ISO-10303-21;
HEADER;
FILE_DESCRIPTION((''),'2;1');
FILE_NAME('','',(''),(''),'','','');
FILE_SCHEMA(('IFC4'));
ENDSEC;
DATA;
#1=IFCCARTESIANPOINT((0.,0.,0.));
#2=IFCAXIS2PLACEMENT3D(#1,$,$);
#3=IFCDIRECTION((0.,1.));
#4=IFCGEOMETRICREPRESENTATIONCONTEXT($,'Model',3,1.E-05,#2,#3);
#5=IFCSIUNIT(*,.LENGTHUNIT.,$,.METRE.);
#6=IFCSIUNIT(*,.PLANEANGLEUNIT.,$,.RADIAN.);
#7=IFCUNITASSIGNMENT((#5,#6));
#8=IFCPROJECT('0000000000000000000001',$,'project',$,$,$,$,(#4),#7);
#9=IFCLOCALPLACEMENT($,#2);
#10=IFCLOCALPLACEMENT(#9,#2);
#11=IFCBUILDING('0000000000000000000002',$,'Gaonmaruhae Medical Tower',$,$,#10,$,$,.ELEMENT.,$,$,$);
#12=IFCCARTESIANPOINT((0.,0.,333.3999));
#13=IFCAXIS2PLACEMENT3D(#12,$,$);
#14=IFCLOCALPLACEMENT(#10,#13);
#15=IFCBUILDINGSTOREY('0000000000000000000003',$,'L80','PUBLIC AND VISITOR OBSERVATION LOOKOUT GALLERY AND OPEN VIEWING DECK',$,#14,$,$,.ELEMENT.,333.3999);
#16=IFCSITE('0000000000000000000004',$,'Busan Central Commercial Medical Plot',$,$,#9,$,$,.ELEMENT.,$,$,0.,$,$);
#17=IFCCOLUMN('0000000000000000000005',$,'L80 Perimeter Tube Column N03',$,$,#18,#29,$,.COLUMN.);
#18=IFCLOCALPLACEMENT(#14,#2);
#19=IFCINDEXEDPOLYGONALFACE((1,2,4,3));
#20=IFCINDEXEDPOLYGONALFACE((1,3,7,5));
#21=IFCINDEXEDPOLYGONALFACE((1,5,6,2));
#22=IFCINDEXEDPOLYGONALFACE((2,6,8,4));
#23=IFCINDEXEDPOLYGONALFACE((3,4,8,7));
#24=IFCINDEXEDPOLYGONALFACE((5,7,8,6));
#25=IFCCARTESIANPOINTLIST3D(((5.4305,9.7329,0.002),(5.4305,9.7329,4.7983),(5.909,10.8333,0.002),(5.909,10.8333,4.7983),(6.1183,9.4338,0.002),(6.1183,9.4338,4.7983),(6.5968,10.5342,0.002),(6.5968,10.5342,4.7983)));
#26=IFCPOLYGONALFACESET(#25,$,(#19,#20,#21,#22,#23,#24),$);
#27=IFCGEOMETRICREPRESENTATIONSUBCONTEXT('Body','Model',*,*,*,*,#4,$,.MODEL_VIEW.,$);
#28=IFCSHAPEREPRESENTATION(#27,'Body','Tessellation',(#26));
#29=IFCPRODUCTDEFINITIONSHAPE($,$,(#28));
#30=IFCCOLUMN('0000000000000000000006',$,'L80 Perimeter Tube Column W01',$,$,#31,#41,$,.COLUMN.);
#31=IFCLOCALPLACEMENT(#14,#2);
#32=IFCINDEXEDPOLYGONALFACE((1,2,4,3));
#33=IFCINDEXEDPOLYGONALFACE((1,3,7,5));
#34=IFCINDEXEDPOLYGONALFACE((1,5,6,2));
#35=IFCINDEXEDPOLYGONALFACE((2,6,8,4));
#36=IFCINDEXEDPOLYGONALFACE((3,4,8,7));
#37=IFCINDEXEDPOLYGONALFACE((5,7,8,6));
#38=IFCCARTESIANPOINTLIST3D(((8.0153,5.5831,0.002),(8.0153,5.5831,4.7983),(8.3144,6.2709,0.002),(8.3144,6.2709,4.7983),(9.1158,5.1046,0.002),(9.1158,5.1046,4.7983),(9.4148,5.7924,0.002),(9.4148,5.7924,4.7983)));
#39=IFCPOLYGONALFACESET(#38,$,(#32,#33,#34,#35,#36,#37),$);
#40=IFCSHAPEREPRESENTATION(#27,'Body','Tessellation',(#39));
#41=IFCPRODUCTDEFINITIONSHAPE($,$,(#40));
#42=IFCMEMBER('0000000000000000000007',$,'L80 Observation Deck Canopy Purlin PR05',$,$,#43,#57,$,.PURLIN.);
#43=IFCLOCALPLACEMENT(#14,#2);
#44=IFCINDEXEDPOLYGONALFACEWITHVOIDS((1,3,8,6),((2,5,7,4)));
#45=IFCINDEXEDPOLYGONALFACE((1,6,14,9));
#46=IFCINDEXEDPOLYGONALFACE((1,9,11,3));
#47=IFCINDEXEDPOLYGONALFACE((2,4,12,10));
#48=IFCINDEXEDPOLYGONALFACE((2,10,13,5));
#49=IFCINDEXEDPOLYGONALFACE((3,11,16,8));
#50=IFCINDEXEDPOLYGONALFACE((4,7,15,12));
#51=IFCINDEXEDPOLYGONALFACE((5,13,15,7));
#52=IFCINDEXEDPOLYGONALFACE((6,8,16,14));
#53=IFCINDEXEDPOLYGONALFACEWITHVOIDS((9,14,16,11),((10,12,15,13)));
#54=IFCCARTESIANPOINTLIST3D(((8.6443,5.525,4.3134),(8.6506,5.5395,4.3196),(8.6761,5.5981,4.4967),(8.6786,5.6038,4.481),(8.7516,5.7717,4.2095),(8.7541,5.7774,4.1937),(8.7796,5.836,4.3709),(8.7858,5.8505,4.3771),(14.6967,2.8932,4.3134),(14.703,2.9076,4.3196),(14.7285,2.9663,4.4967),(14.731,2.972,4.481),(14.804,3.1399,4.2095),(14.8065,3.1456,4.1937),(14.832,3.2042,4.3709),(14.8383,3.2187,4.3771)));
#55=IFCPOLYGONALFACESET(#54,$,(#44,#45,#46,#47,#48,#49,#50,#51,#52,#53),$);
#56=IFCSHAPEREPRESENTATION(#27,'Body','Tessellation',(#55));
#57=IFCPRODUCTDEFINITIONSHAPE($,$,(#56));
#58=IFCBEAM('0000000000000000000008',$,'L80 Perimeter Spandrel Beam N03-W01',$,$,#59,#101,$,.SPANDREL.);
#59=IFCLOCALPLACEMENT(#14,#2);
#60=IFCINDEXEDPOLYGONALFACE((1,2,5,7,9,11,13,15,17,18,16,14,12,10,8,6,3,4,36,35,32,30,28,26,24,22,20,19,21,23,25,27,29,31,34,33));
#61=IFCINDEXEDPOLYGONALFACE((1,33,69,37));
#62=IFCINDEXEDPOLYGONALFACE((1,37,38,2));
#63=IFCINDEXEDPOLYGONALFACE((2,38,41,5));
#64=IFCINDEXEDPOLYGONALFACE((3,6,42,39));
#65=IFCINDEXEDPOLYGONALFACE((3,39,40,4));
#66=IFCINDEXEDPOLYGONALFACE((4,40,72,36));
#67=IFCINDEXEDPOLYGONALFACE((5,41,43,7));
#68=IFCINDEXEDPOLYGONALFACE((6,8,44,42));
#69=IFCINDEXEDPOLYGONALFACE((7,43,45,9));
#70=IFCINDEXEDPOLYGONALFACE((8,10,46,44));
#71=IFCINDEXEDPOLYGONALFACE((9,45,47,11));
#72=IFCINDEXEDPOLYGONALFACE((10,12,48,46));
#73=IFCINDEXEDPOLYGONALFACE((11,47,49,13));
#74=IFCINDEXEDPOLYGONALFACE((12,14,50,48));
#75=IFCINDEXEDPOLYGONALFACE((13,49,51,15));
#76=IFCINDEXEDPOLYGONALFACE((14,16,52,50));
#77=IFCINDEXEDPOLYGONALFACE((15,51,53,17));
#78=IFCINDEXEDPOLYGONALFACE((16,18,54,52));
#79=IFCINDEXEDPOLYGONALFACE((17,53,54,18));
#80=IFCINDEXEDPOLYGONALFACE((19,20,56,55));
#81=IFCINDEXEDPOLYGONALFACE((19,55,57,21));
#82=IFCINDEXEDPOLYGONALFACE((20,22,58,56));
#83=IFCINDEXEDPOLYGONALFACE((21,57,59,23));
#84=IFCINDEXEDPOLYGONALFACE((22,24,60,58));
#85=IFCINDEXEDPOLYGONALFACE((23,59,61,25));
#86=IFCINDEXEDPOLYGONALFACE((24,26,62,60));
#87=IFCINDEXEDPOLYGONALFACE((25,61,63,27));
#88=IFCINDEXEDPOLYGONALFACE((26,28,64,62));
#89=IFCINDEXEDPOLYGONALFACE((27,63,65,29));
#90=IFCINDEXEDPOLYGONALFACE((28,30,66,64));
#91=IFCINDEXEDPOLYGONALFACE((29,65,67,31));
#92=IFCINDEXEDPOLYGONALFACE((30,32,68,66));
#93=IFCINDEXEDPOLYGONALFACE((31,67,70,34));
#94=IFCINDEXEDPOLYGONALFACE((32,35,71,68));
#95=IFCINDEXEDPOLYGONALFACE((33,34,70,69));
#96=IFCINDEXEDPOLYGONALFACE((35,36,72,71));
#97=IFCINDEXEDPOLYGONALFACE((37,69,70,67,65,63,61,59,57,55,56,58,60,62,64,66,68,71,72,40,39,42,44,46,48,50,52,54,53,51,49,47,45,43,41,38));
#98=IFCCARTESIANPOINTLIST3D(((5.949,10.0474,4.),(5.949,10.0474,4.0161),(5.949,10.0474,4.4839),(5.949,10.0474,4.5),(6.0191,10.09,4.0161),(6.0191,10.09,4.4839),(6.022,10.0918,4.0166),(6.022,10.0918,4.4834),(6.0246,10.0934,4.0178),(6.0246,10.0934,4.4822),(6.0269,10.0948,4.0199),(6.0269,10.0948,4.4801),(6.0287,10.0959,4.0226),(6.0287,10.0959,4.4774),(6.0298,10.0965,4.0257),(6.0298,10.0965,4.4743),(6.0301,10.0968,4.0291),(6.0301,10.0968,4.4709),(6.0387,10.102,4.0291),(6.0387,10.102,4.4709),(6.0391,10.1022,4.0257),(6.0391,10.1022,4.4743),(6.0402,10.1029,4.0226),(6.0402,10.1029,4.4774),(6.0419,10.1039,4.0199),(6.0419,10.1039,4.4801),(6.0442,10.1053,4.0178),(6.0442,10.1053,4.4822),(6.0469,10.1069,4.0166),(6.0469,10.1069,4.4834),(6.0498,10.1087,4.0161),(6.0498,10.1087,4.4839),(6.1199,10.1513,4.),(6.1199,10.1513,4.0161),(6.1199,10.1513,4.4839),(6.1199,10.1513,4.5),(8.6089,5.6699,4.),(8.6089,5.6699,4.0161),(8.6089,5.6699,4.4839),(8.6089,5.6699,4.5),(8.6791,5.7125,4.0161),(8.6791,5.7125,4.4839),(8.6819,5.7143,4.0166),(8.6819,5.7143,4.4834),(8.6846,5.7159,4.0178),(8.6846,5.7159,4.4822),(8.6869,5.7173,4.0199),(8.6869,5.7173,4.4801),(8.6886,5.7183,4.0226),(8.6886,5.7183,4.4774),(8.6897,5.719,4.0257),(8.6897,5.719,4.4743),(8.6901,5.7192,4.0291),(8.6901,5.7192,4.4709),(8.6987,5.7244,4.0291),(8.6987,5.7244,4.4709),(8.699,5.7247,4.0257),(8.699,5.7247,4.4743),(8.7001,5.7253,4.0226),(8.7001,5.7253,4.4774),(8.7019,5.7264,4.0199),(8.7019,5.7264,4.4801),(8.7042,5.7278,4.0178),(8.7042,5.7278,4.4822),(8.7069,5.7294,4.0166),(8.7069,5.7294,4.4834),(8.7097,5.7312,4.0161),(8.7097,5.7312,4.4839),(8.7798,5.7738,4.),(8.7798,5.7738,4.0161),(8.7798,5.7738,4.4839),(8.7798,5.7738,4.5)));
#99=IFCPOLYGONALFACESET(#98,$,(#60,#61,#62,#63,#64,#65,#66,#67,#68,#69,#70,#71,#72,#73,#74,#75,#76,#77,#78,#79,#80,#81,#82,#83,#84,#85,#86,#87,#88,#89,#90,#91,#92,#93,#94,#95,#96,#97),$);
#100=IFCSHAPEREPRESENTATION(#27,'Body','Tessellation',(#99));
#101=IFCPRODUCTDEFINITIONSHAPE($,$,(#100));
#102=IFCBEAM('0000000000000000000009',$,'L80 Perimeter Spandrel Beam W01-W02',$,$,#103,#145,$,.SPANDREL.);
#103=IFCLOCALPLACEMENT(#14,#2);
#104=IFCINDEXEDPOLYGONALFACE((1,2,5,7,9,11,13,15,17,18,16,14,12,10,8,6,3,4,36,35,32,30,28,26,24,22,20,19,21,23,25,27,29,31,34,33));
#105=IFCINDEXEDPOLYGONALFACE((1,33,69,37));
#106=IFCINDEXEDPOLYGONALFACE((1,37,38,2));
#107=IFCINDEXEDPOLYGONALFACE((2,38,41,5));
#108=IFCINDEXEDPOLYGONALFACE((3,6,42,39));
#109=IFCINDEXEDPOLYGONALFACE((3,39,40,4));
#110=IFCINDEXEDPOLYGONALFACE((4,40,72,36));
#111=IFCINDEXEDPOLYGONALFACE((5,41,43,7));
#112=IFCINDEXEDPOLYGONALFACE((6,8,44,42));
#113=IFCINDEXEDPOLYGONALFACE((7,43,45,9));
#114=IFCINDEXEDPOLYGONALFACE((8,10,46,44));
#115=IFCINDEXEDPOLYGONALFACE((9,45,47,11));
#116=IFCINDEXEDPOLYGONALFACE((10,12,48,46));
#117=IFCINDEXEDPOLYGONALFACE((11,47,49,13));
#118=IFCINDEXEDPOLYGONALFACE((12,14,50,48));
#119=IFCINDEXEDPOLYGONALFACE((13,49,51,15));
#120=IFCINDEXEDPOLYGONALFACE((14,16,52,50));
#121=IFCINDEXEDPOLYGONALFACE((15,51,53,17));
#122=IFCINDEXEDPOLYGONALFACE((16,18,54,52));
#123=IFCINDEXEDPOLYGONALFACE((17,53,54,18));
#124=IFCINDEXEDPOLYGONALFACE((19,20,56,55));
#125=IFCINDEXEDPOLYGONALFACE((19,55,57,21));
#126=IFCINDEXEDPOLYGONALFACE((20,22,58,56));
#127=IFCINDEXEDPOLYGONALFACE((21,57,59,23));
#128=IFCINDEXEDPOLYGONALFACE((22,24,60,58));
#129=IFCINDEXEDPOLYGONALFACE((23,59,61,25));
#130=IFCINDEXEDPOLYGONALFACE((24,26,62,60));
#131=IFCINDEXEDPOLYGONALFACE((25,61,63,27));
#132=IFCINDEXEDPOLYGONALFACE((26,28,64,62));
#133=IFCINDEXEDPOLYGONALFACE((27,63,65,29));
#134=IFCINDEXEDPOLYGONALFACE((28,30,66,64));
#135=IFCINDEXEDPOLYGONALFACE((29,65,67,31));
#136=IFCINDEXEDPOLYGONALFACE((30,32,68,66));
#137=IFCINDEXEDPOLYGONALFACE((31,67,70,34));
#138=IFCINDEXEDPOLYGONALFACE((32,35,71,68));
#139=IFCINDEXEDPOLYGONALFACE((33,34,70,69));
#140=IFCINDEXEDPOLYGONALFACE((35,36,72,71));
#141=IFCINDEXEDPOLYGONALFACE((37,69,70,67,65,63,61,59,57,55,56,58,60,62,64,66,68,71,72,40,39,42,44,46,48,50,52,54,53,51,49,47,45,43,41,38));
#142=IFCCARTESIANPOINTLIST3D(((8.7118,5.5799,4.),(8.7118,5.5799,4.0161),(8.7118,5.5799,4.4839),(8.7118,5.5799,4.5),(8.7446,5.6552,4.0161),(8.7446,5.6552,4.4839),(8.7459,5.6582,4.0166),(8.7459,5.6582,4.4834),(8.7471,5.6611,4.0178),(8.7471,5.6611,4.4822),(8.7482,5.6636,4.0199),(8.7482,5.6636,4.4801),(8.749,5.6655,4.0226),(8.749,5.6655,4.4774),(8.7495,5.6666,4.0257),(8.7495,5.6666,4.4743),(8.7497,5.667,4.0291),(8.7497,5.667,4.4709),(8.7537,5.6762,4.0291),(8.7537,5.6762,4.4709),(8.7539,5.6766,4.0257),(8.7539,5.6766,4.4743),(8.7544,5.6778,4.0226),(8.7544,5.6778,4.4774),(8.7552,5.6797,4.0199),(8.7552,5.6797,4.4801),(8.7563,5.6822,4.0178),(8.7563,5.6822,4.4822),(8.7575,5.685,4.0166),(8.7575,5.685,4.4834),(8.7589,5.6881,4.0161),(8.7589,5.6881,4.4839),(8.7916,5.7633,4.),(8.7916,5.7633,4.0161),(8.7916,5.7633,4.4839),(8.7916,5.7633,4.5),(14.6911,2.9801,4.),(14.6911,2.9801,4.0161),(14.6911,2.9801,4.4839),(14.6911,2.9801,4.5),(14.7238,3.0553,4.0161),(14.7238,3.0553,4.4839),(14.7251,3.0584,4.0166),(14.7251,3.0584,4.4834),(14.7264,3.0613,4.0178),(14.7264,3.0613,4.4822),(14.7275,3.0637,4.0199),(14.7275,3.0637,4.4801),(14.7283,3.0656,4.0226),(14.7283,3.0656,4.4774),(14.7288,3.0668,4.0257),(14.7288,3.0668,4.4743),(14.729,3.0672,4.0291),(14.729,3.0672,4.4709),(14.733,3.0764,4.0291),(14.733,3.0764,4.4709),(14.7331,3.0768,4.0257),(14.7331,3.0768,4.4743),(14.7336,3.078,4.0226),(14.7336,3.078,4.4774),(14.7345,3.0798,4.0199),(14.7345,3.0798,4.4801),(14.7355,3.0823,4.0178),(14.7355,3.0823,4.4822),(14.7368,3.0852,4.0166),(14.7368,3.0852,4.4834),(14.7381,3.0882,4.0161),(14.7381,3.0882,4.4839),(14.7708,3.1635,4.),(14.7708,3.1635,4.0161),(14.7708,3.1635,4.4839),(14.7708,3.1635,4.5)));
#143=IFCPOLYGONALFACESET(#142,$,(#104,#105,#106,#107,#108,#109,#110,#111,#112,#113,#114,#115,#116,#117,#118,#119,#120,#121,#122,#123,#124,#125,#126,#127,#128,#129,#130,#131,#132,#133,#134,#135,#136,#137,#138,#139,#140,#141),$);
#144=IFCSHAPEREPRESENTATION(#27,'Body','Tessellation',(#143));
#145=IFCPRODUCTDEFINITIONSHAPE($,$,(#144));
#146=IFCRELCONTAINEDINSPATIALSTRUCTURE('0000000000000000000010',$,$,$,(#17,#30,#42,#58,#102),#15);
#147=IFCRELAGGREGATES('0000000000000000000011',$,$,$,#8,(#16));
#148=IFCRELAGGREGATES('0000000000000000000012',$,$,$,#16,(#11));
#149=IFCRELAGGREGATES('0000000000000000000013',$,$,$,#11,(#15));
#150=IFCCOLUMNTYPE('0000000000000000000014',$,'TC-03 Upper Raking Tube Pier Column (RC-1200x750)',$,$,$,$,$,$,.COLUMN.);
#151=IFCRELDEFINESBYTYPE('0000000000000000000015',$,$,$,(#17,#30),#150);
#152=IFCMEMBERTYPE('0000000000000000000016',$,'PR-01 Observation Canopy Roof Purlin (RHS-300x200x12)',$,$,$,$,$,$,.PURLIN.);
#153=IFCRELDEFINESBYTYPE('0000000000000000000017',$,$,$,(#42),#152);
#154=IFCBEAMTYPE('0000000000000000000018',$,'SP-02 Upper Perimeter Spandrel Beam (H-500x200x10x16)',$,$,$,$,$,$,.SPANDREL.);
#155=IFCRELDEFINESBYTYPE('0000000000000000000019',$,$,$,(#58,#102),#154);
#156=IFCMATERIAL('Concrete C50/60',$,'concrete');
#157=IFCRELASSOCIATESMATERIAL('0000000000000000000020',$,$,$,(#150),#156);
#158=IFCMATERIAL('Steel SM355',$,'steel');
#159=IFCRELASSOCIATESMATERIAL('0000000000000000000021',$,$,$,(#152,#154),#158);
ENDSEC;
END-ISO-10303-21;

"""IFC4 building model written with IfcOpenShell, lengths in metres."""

from ifc_helpers import new_model, si_unit, direction, frame, origin, origin_2d, place, context, subcontext, project, spatial, rectangle, hollow_rectangle, i_section, extrude, material, material_profile, profile_set, type_object, element, save


model = new_model("IFC4")

# Units and contexts
model_context = context("Model", 3, precision=1e-05, world=origin(), true_north=direction((0.0, 1.0)))
body_context = subcontext(model_context, "Body", "Model", "MODEL_VIEW")
ifc_project = project(units=[si_unit("LENGTHUNIT", "METRE"), si_unit("PLANEANGLEUNIT", "RADIAN")], contexts=[model_context])

# Site, building, storey
site_placement = place(None, origin())
site = spatial("IfcSite", under=ifc_project, at=site_placement, Name="Busan Central Commercial Medical Plot", CompositionType="ELEMENT", RefElevation=0.0)
building_placement = place(site_placement, origin())
building = spatial("IfcBuilding", under=site, at=building_placement, Name="Gaonmaruhae Medical Tower", CompositionType="ELEMENT")
storey_placement = place(building_placement, frame((0.0, 0.0, 333.3999)))
storey = spatial("IfcBuildingStorey", under=building, at=storey_placement, Name="L80", Description="PUBLIC AND VISITOR OBSERVATION LOOKOUT GALLERY AND OPEN VIEWING DECK", CompositionType="ELEMENT", Elevation=333.3999)

# Columns
ifc_material_1 = material(Name="Concrete C50/60", Category="concrete")
ifc_material_profile_1 = material_profile(ifc_material_1, rectangle(XDim=1.2, YDim=0.75, at=origin_2d()), Name="RC-1200x750")
ifc_profile_set_1 = profile_set([ifc_material_profile_1], Name="Concrete C50/60")
column_type = type_object("IfcColumnType", Name="TC-03 Upper Raking Tube Pier Column (RC-1200x750)", PredefinedType="COLUMN", material=ifc_profile_set_1)
for number, where, z_axis, x_axis, name in (
    (1, (6.0137, 10.1335, 0.002), (0.0, 0.0, 1.0), (0.398749, 0.91706, 0.0), "L80 Perimeter Tube Column N03"),
    (2, (8.7151, 5.6877, 0.002), (0.0, 0.0, 1.0), (-0.91706, 0.398749, 0.0), "L80 Perimeter Tube Column W01"),
):
    element("IfcColumn", number, at=place(storey_placement, frame(where, z_axis=z_axis, x_axis=x_axis)), inside=storey, type_object=column_type, Name=name, PredefinedType="COLUMN", context=body_context, shape_type="SweptSolid", body=[
        extrude(rectangle(XDim=1.2, YDim=0.75, at=origin_2d()), origin(), (0.0, 0.0, 1.0), 4.7964),
    ])

# Member
ifc_material_2 = material(Name="Steel SM355", Category="steel")
ifc_material_profile_2 = material_profile(ifc_material_2, hollow_rectangle(XDim=0.2, YDim=0.3, WallThickness=0.012, at=origin_2d()), Name="RHS-300x200x12")
ifc_profile_set_2 = profile_set([ifc_material_profile_2], Name="Steel SM355")
member_type = type_object("IfcMemberType", Name="PR-01 Observation Canopy Roof Purlin (RHS-300x200x12)", PredefinedType="PURLIN", material=ifc_profile_set_2)
member_placement = place(storey_placement, frame((8.7151, 5.6877, 4.3452), z_axis=(0.917052, -0.398767, 0.0), x_axis=(0.159008, 0.365674, 0.91706)))
element("IfcMember", 3, at=member_placement, inside=storey, type_object=member_type, Name="L80 Observation Deck Canopy Purlin PR05", PredefinedType="PURLIN", context=body_context, shape_type="SweptSolid", body=[
    extrude(hollow_rectangle(XDim=0.2, YDim=0.3, WallThickness=0.012, at=origin_2d()), origin(), (0.0, 0.0, 1.0), 6.5999),
])

# Beams
ifc_material_profile_3 = material_profile(ifc_material_2, i_section(OverallWidth=0.2, OverallDepth=0.5, WebThickness=0.01, FlangeThickness=0.0161, FilletRadius=0.0129, at=origin_2d()), Name="H-500x200x10x16")
ifc_profile_set_3 = profile_set([ifc_material_profile_3], Name="Steel SM355")
beam_type = type_object("IfcBeamType", Name="SP-02 Upper Perimeter Spandrel Beam (H-500x200x10x16)", PredefinedType="SPANDREL", material=ifc_profile_set_3)
beam_1_placement = place(storey_placement, frame((6.0344, 10.0994, 4.25), z_axis=(0.519289, -0.854599, 0.0), x_axis=(0.854599, 0.519289, 0.0)))
element("IfcBeam", 4, at=beam_1_placement, inside=storey, type_object=beam_type, Name="L80 Perimeter Spandrel Beam N03-W01", PredefinedType="SPANDREL", context=body_context, shape_type="SweptSolid", body=[
    extrude(i_section(OverallWidth=0.2, OverallDepth=0.5, WebThickness=0.01, FlangeThickness=0.0161, FilletRadius=0.0129, at=origin_2d()), origin(), (0.0, 0.0, 1.0), 5.1223),
])
beam_2_placement = place(storey_placement, frame((8.7517, 5.6716, 4.25), z_axis=(0.91706, -0.398749, 0.0), x_axis=(0.398749, 0.91706, 0.0)))
element("IfcBeam", 5, at=beam_2_placement, inside=storey, type_object=beam_type, Name="L80 Perimeter Spandrel Beam W01-W02", PredefinedType="SPANDREL", context=body_context, shape_type="SweptSolid", body=[
    extrude(i_section(OverallWidth=0.2, OverallDepth=0.5, WebThickness=0.01, FlangeThickness=0.0161, FilletRadius=0.0129, at=origin_2d()), origin(), (0.0, 0.0, 1.0), 6.52),
])

save(model, "model.ifc")
